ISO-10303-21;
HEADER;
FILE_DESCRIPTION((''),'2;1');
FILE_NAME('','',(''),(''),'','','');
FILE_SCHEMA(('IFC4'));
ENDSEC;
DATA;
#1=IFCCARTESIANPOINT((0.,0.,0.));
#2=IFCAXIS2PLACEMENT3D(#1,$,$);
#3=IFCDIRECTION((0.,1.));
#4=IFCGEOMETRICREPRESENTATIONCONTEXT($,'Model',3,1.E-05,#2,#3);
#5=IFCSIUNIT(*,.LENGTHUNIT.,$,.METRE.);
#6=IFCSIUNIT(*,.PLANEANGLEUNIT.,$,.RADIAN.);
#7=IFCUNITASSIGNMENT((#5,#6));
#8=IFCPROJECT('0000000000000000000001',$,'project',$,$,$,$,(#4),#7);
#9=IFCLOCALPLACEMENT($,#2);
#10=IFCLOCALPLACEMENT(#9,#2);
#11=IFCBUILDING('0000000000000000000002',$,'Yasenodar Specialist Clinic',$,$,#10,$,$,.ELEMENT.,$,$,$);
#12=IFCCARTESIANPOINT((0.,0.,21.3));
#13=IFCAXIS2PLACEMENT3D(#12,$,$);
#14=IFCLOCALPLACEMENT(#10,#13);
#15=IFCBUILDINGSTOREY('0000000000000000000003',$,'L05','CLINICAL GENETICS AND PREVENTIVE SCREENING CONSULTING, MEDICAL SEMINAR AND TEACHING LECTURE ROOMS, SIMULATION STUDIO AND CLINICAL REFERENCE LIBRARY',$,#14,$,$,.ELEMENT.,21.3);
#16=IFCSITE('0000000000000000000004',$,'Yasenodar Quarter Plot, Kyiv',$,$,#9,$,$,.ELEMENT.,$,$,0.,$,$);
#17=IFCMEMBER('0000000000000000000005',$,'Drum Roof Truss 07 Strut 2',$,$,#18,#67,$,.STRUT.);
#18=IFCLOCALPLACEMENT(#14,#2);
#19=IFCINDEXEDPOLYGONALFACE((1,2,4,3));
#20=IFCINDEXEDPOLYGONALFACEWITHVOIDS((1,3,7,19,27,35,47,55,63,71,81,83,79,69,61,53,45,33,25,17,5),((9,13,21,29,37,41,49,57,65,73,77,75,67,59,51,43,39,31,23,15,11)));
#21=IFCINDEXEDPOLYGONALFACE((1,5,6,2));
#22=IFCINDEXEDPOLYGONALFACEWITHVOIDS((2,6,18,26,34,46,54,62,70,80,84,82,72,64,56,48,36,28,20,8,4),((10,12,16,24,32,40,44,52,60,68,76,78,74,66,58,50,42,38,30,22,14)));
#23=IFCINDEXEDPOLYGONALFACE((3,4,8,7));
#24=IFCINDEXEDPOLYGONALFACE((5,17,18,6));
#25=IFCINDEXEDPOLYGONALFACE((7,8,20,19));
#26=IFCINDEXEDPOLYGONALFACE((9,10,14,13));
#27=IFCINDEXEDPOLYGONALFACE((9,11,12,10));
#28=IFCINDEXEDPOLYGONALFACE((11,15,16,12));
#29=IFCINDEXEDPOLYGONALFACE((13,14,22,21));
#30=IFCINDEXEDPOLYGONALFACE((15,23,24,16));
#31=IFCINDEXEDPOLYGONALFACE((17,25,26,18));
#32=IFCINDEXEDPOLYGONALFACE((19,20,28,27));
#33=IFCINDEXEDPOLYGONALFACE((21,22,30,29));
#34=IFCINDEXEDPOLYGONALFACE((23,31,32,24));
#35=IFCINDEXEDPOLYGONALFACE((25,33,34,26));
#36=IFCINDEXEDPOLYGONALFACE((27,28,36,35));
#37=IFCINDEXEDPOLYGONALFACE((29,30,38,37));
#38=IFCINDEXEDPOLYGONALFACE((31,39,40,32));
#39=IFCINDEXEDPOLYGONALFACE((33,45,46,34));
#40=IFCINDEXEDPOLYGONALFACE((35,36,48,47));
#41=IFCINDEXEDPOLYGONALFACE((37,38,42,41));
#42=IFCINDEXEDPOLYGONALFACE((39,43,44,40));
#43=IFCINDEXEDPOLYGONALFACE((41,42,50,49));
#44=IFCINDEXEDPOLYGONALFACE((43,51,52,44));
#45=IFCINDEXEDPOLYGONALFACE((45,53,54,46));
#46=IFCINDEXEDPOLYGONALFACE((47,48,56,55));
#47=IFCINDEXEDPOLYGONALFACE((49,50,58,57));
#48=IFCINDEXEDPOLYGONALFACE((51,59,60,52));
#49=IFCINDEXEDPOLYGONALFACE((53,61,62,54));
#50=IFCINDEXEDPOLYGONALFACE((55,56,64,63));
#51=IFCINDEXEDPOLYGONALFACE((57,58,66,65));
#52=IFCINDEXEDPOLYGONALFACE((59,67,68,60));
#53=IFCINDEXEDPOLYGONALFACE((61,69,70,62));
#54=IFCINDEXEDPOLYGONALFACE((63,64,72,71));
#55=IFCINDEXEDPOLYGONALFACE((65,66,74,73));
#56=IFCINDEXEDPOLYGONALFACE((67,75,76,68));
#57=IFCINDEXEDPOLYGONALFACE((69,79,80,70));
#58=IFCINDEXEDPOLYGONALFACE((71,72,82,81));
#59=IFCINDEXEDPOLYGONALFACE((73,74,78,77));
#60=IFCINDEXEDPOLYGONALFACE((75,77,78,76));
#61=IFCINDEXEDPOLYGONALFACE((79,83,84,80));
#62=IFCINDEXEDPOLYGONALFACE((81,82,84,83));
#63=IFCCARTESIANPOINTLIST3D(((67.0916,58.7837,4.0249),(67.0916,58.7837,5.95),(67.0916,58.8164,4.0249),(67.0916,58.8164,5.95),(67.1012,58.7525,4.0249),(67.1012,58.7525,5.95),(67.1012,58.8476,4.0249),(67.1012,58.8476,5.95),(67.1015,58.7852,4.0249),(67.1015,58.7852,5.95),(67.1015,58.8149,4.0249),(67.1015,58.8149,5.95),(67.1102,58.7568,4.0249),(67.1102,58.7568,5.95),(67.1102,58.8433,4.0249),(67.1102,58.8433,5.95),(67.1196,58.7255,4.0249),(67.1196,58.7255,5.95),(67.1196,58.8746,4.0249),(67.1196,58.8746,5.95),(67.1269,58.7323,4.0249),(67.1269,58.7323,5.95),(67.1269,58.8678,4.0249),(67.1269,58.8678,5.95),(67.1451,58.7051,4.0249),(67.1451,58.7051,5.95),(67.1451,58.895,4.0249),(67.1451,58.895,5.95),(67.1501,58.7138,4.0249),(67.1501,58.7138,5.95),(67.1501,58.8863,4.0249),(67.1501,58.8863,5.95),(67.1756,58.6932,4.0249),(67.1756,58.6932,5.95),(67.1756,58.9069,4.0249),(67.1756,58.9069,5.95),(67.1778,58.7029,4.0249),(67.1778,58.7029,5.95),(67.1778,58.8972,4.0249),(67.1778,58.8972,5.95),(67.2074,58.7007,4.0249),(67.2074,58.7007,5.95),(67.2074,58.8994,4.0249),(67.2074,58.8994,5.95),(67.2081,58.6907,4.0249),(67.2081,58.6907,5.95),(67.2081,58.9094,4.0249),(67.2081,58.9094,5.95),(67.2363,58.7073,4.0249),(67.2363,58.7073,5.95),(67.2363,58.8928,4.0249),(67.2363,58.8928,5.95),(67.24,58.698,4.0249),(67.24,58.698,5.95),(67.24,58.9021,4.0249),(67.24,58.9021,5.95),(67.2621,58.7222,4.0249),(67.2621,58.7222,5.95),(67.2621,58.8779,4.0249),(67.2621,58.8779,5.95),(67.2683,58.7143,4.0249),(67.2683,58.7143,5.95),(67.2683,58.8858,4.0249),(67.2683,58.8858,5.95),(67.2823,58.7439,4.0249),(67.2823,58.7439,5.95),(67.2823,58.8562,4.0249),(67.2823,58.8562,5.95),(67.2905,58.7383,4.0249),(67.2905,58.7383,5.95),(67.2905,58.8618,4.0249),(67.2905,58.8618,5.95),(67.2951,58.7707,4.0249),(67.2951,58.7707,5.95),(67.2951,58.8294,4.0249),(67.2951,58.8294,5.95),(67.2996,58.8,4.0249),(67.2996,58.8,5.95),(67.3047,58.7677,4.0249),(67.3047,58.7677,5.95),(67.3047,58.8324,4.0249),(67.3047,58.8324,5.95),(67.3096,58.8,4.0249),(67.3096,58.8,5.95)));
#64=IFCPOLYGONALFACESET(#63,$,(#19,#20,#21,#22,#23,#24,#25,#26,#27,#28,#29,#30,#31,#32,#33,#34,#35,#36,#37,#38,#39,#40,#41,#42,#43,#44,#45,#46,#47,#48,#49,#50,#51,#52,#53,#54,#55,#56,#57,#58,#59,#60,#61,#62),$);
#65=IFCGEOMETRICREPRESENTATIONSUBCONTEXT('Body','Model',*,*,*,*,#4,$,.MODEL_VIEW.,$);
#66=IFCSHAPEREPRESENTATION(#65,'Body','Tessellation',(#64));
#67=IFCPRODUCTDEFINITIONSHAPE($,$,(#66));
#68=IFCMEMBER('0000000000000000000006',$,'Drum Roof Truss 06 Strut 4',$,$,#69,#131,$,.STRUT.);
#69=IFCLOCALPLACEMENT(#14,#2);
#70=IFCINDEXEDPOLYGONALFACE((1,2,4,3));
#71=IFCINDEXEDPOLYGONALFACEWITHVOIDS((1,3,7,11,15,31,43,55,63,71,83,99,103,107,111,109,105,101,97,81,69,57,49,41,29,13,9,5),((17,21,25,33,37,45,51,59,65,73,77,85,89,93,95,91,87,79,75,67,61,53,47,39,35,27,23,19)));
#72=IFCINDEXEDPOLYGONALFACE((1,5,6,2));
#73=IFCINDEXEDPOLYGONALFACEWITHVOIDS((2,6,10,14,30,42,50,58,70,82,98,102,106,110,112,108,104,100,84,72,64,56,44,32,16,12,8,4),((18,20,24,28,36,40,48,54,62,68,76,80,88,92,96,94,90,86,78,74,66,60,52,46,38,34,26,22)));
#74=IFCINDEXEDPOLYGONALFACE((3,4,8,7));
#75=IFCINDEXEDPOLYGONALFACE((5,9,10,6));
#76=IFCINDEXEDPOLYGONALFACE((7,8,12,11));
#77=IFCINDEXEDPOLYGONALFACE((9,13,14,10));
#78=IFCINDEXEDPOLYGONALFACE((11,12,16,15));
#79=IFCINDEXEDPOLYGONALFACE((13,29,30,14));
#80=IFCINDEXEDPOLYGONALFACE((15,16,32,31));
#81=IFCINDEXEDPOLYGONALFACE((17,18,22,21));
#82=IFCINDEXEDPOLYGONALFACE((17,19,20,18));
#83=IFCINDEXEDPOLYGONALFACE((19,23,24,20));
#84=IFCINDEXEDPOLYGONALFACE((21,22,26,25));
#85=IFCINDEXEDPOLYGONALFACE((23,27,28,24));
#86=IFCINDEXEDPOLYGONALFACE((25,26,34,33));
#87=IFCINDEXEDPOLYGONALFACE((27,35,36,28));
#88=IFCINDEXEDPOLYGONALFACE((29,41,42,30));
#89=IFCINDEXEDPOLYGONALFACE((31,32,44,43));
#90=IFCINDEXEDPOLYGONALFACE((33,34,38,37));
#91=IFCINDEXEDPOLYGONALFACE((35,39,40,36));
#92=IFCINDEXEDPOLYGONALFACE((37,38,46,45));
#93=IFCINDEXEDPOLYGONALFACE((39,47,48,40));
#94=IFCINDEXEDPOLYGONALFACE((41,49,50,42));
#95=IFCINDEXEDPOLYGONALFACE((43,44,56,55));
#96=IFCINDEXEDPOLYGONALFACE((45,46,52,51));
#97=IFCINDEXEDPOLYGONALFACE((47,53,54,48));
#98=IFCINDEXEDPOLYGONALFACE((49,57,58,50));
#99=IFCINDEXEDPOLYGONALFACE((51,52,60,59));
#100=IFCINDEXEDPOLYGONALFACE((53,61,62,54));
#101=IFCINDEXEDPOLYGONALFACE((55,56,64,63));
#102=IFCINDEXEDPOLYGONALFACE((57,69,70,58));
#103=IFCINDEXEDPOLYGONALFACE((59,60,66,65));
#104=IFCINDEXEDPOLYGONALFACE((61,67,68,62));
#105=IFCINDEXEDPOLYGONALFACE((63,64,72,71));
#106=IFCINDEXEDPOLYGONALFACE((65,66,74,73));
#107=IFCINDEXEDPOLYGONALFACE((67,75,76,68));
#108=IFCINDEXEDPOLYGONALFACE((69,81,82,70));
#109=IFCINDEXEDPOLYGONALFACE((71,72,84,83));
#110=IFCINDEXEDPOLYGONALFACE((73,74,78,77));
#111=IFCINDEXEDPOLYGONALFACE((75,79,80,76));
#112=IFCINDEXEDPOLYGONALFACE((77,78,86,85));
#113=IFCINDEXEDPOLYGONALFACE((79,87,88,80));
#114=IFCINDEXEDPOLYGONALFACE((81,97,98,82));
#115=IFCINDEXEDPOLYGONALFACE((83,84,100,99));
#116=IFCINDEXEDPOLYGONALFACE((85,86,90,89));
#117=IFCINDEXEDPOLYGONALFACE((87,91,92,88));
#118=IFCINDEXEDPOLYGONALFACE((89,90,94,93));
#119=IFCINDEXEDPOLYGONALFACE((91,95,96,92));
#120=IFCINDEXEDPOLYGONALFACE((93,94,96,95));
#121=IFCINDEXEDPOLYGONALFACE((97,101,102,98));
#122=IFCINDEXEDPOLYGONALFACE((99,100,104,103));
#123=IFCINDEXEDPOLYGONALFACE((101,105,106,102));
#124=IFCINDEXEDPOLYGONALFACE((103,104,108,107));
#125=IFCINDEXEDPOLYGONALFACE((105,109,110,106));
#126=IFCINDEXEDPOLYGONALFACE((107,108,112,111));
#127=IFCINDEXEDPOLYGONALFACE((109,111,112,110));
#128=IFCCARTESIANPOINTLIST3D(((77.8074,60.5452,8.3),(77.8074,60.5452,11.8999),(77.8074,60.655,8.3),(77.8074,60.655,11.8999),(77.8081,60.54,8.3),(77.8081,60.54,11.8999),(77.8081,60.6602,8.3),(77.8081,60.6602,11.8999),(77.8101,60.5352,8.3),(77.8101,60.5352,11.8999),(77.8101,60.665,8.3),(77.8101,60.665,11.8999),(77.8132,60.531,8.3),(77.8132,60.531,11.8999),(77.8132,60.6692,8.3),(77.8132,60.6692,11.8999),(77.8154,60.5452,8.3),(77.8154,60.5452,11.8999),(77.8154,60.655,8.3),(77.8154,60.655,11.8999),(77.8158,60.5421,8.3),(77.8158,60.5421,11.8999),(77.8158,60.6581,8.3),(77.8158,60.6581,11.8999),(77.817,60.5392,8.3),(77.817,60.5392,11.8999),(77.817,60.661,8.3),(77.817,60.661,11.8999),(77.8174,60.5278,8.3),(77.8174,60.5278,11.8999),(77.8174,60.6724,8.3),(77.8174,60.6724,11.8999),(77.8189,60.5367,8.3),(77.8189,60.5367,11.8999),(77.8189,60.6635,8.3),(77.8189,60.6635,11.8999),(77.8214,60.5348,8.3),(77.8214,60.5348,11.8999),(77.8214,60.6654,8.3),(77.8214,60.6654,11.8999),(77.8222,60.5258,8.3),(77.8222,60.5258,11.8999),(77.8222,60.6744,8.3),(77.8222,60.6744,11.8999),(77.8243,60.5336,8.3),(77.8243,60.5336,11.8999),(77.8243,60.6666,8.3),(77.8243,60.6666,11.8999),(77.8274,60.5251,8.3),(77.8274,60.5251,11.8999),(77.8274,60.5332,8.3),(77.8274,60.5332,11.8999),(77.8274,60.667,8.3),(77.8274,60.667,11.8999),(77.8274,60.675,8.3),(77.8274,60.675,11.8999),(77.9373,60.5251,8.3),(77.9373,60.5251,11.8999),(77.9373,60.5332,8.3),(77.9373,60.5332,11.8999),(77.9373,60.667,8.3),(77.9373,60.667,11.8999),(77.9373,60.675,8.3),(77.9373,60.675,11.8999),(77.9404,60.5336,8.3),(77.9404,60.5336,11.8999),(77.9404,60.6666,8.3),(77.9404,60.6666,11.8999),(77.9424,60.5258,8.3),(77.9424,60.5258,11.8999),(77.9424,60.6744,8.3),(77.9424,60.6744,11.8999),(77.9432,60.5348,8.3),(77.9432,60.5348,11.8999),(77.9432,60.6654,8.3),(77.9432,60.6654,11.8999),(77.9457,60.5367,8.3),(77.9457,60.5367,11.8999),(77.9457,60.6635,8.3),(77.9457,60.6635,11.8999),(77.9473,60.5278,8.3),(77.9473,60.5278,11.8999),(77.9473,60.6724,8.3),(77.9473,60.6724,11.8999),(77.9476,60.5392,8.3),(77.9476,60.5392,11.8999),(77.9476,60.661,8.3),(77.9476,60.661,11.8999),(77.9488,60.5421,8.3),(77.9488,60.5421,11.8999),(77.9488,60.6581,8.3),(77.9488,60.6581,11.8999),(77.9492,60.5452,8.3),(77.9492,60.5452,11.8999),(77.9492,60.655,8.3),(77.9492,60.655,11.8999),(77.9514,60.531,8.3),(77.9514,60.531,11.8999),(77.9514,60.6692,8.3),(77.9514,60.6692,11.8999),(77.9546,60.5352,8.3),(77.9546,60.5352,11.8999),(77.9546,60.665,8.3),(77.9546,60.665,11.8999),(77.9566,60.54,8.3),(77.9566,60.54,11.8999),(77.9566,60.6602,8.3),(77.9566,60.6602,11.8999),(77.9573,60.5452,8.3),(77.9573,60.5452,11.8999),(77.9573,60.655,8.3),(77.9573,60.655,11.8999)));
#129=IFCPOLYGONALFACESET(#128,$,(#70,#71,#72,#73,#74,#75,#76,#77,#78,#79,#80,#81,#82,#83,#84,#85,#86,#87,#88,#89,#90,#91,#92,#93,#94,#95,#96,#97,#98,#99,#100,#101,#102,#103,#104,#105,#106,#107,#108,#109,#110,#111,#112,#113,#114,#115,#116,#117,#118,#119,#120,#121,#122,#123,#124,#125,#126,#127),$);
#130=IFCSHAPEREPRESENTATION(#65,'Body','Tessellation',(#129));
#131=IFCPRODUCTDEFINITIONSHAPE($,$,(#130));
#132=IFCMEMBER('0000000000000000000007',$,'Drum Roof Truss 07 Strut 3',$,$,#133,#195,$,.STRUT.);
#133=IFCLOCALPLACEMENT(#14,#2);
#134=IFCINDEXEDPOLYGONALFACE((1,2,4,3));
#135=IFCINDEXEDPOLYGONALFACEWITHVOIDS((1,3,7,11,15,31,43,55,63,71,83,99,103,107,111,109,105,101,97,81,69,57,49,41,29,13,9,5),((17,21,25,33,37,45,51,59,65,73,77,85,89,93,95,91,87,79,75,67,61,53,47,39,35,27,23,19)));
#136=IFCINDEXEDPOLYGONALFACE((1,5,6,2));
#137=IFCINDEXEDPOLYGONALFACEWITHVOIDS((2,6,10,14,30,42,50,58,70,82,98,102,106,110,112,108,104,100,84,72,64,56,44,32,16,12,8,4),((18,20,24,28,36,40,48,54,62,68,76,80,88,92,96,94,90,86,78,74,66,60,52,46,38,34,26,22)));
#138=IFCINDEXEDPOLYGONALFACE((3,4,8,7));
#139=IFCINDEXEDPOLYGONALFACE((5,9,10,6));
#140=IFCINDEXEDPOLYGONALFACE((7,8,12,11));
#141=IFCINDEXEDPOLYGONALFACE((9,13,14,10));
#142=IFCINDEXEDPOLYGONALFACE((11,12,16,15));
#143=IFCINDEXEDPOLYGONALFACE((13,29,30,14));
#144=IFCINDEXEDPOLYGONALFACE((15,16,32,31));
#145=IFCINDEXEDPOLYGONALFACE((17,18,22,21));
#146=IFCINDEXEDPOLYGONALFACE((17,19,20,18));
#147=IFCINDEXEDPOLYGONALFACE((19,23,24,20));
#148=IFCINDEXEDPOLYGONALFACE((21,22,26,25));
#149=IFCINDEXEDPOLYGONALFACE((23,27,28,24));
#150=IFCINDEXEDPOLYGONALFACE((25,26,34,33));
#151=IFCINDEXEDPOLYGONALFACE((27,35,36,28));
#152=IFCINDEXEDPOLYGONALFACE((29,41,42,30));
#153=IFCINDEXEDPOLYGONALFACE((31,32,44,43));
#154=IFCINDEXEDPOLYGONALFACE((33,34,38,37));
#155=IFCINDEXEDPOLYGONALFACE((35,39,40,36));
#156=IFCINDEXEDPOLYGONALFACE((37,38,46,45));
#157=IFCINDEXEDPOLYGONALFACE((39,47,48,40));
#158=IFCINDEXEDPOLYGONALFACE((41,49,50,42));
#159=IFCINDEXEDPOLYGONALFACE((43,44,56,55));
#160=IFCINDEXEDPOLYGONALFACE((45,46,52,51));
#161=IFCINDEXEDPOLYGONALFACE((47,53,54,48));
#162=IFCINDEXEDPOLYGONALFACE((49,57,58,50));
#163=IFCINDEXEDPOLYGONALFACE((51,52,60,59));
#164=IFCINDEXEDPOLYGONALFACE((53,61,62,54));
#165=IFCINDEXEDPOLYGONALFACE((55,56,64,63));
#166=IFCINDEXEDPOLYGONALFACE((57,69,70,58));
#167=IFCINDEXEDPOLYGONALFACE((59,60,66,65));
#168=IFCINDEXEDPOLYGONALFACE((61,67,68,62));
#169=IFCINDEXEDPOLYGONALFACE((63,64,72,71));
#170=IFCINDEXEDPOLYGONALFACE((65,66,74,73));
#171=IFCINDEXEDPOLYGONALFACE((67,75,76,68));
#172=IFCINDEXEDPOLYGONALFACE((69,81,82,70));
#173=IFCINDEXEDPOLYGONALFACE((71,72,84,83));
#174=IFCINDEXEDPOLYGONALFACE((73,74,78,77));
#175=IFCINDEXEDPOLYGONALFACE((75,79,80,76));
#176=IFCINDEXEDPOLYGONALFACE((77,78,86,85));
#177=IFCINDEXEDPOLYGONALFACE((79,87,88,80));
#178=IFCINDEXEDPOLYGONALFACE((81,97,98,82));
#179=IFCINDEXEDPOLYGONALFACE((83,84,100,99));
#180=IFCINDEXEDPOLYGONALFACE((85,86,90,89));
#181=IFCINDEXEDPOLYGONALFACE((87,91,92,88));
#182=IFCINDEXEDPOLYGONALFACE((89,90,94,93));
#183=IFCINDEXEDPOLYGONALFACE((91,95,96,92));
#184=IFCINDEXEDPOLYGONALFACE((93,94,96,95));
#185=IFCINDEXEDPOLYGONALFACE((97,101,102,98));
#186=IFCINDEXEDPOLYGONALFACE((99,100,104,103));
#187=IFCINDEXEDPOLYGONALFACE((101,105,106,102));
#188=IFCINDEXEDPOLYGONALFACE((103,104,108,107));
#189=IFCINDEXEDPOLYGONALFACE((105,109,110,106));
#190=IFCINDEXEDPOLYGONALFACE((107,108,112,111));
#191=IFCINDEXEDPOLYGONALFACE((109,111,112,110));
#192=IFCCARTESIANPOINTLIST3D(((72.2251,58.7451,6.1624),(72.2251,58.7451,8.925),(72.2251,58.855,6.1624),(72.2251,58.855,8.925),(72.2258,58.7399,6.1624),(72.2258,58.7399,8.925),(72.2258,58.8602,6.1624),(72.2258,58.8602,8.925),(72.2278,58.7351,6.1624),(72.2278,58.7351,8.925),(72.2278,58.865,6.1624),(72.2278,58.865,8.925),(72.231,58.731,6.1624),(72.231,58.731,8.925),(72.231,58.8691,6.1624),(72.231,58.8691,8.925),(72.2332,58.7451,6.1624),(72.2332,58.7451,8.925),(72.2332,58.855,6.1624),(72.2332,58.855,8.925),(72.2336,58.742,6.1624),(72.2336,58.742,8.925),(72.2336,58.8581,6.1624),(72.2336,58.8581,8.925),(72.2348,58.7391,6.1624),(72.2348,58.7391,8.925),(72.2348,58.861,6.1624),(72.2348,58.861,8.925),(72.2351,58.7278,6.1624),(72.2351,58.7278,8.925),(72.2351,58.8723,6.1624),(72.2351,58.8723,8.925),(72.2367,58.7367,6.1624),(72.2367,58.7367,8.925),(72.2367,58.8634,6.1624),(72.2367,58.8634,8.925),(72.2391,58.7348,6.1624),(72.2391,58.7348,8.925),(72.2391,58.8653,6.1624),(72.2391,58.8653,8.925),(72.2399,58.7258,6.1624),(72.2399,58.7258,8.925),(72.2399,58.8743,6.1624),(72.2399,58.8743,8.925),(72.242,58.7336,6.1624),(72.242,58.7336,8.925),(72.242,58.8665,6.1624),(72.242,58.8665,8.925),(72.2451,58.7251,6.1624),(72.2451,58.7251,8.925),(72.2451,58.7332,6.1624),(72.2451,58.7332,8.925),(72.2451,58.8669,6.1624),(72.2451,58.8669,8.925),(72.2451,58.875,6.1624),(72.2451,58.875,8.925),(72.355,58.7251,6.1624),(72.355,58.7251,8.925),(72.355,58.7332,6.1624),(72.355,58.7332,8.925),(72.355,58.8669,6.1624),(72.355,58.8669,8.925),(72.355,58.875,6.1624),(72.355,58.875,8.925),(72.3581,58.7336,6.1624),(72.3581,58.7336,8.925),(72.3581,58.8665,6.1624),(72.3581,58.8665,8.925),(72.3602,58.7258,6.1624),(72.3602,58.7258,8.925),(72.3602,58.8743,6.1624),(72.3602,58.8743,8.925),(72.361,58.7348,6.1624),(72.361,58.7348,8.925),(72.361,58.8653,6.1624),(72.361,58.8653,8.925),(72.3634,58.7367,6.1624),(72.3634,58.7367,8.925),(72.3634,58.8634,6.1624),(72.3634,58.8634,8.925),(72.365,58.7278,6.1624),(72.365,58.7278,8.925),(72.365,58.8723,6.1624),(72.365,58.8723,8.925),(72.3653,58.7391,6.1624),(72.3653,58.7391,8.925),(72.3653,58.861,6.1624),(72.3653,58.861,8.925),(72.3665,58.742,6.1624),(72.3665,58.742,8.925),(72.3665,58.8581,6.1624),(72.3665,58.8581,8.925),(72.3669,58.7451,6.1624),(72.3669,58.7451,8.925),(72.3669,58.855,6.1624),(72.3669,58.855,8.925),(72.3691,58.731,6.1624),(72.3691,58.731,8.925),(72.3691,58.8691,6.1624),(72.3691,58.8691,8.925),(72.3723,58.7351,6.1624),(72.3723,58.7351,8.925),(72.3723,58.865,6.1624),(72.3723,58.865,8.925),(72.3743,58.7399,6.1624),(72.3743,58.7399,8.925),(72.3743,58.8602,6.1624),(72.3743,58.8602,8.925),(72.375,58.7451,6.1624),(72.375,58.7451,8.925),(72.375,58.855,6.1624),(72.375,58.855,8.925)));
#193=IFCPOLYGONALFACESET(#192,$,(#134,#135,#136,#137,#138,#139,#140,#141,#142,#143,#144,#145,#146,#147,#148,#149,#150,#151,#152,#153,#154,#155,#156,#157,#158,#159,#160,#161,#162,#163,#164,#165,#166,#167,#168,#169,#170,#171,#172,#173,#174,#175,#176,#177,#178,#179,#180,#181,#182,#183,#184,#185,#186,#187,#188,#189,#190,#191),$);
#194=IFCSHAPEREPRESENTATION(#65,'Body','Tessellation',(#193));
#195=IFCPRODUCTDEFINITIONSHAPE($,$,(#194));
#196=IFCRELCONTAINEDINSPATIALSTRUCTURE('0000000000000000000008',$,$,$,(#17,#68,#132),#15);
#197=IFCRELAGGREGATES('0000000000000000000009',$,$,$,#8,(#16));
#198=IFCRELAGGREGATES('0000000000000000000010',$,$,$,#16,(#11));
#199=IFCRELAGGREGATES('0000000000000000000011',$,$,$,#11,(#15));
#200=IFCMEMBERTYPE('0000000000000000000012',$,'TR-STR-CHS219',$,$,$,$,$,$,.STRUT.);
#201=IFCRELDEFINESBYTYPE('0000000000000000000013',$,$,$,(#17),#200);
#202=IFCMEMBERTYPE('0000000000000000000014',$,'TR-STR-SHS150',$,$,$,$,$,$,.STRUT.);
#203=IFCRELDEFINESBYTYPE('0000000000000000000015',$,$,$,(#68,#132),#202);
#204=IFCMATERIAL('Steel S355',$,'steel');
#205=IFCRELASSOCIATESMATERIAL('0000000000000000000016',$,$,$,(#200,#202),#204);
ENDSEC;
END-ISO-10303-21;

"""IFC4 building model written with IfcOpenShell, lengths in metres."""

from ifc_helpers import new_model, si_unit, direction, frame, origin, origin_2d, place, context, subcontext, project, spatial, hollow_rectangle, hollow_circle, extrude, material, material_profile, profile_set, type_object, element, save


model = new_model("IFC4")

# Units and contexts
model_context = context("Model", 3, precision=1e-05, world=origin(), true_north=direction((0.0, 1.0)))
body_context = subcontext(model_context, "Body", "Model", "MODEL_VIEW")
ifc_project = project(units=[si_unit("LENGTHUNIT", "METRE"), si_unit("PLANEANGLEUNIT", "RADIAN")], contexts=[model_context])

# Site, building, storey
site_placement = place(None, origin())
site = spatial("IfcSite", under=ifc_project, at=site_placement, Name="Yasenodar Quarter Plot, Kyiv", CompositionType="ELEMENT", RefElevation=0.0)
building_placement = place(site_placement, origin())
building = spatial("IfcBuilding", under=site, at=building_placement, Name="Yasenodar Specialist Clinic", CompositionType="ELEMENT")
storey_placement = place(building_placement, frame((0.0, 0.0, 21.3)))
storey = spatial("IfcBuildingStorey", under=building, at=storey_placement, Name="L05", Description="CLINICAL GENETICS AND PREVENTIVE SCREENING CONSULTING, MEDICAL SEMINAR AND TEACHING LECTURE ROOMS, SIMULATION STUDIO AND CLINICAL REFERENCE LIBRARY", CompositionType="ELEMENT", Elevation=21.3)

# Shared definitions
ifc_material = material(Name="Steel S355", Category="steel")

# Members
ifc_material_profile_1 = material_profile(ifc_material, hollow_circle(Radius=0.1096, WallThickness=0.01, at=origin_2d()), Name="CHS 219.1x10")
ifc_profile_set_1 = profile_set([ifc_material_profile_1], Name="Steel S355")
member_type_1 = type_object("IfcMemberType", Name="TR-STR-CHS219", PredefinedType="STRUT", material=ifc_profile_set_1)
member_1_placement = place(storey_placement, frame((67.2, 58.8, 4.0249), z_axis=(0.0, 0.0, 1.0), x_axis=(1.0, 0.0, 0.0)))
element("IfcMember", 1, at=member_1_placement, inside=storey, type_object=member_type_1, Name="Drum Roof Truss 07 Strut 2", PredefinedType="STRUT", context=body_context, shape_type="SweptSolid", body=[
    extrude(hollow_circle(Radius=0.1096, WallThickness=0.01, at=origin_2d()), origin(), (0.0, 0.0, 1.0), 1.925),
])
ifc_material_profile_2 = material_profile(ifc_material, hollow_rectangle(XDim=0.1499, YDim=0.1499, WallThickness=0.0081, InnerFilletRadius=0.012, OuterFilletRadius=0.02, at=origin_2d()), Name="SHS 150x150x8")
ifc_profile_set_2 = profile_set([ifc_material_profile_2], Name="Steel S355")
member_type_2 = type_object("IfcMemberType", Name="TR-STR-SHS150", PredefinedType="STRUT", material=ifc_profile_set_2)
member_2_placement = place(storey_placement, frame((77.8823, 60.6001, 8.3), z_axis=(0.0, 0.0, 1.0), x_axis=(1.0, 0.0, 0.0)))
element("IfcMember", 2, at=member_2_placement, inside=storey, type_object=member_type_2, Name="Drum Roof Truss 06 Strut 4", PredefinedType="STRUT", context=body_context, shape_type="SweptSolid", body=[
    extrude(hollow_rectangle(XDim=0.1499, YDim=0.1499, WallThickness=0.0081, InnerFilletRadius=0.012, OuterFilletRadius=0.02, at=origin_2d()), origin(), (0.0, 0.0, 1.0), 3.5999),
])
member_3_placement = place(storey_placement, frame((72.3, 58.8, 6.1624), z_axis=(0.0, 0.0, 1.0), x_axis=(1.0, 0.0, 0.0)))
element("IfcMember", 3, at=member_3_placement, inside=storey, type_object=member_type_2, Name="Drum Roof Truss 07 Strut 3", PredefinedType="STRUT", context=body_context, shape_type="SweptSolid", body=[
    extrude(hollow_rectangle(XDim=0.1499, YDim=0.1499, WallThickness=0.0081, InnerFilletRadius=0.012, OuterFilletRadius=0.02, at=origin_2d()), origin(), (0.0, 0.0, 1.0), 2.7627),
])

save(model, "model.ifc")
